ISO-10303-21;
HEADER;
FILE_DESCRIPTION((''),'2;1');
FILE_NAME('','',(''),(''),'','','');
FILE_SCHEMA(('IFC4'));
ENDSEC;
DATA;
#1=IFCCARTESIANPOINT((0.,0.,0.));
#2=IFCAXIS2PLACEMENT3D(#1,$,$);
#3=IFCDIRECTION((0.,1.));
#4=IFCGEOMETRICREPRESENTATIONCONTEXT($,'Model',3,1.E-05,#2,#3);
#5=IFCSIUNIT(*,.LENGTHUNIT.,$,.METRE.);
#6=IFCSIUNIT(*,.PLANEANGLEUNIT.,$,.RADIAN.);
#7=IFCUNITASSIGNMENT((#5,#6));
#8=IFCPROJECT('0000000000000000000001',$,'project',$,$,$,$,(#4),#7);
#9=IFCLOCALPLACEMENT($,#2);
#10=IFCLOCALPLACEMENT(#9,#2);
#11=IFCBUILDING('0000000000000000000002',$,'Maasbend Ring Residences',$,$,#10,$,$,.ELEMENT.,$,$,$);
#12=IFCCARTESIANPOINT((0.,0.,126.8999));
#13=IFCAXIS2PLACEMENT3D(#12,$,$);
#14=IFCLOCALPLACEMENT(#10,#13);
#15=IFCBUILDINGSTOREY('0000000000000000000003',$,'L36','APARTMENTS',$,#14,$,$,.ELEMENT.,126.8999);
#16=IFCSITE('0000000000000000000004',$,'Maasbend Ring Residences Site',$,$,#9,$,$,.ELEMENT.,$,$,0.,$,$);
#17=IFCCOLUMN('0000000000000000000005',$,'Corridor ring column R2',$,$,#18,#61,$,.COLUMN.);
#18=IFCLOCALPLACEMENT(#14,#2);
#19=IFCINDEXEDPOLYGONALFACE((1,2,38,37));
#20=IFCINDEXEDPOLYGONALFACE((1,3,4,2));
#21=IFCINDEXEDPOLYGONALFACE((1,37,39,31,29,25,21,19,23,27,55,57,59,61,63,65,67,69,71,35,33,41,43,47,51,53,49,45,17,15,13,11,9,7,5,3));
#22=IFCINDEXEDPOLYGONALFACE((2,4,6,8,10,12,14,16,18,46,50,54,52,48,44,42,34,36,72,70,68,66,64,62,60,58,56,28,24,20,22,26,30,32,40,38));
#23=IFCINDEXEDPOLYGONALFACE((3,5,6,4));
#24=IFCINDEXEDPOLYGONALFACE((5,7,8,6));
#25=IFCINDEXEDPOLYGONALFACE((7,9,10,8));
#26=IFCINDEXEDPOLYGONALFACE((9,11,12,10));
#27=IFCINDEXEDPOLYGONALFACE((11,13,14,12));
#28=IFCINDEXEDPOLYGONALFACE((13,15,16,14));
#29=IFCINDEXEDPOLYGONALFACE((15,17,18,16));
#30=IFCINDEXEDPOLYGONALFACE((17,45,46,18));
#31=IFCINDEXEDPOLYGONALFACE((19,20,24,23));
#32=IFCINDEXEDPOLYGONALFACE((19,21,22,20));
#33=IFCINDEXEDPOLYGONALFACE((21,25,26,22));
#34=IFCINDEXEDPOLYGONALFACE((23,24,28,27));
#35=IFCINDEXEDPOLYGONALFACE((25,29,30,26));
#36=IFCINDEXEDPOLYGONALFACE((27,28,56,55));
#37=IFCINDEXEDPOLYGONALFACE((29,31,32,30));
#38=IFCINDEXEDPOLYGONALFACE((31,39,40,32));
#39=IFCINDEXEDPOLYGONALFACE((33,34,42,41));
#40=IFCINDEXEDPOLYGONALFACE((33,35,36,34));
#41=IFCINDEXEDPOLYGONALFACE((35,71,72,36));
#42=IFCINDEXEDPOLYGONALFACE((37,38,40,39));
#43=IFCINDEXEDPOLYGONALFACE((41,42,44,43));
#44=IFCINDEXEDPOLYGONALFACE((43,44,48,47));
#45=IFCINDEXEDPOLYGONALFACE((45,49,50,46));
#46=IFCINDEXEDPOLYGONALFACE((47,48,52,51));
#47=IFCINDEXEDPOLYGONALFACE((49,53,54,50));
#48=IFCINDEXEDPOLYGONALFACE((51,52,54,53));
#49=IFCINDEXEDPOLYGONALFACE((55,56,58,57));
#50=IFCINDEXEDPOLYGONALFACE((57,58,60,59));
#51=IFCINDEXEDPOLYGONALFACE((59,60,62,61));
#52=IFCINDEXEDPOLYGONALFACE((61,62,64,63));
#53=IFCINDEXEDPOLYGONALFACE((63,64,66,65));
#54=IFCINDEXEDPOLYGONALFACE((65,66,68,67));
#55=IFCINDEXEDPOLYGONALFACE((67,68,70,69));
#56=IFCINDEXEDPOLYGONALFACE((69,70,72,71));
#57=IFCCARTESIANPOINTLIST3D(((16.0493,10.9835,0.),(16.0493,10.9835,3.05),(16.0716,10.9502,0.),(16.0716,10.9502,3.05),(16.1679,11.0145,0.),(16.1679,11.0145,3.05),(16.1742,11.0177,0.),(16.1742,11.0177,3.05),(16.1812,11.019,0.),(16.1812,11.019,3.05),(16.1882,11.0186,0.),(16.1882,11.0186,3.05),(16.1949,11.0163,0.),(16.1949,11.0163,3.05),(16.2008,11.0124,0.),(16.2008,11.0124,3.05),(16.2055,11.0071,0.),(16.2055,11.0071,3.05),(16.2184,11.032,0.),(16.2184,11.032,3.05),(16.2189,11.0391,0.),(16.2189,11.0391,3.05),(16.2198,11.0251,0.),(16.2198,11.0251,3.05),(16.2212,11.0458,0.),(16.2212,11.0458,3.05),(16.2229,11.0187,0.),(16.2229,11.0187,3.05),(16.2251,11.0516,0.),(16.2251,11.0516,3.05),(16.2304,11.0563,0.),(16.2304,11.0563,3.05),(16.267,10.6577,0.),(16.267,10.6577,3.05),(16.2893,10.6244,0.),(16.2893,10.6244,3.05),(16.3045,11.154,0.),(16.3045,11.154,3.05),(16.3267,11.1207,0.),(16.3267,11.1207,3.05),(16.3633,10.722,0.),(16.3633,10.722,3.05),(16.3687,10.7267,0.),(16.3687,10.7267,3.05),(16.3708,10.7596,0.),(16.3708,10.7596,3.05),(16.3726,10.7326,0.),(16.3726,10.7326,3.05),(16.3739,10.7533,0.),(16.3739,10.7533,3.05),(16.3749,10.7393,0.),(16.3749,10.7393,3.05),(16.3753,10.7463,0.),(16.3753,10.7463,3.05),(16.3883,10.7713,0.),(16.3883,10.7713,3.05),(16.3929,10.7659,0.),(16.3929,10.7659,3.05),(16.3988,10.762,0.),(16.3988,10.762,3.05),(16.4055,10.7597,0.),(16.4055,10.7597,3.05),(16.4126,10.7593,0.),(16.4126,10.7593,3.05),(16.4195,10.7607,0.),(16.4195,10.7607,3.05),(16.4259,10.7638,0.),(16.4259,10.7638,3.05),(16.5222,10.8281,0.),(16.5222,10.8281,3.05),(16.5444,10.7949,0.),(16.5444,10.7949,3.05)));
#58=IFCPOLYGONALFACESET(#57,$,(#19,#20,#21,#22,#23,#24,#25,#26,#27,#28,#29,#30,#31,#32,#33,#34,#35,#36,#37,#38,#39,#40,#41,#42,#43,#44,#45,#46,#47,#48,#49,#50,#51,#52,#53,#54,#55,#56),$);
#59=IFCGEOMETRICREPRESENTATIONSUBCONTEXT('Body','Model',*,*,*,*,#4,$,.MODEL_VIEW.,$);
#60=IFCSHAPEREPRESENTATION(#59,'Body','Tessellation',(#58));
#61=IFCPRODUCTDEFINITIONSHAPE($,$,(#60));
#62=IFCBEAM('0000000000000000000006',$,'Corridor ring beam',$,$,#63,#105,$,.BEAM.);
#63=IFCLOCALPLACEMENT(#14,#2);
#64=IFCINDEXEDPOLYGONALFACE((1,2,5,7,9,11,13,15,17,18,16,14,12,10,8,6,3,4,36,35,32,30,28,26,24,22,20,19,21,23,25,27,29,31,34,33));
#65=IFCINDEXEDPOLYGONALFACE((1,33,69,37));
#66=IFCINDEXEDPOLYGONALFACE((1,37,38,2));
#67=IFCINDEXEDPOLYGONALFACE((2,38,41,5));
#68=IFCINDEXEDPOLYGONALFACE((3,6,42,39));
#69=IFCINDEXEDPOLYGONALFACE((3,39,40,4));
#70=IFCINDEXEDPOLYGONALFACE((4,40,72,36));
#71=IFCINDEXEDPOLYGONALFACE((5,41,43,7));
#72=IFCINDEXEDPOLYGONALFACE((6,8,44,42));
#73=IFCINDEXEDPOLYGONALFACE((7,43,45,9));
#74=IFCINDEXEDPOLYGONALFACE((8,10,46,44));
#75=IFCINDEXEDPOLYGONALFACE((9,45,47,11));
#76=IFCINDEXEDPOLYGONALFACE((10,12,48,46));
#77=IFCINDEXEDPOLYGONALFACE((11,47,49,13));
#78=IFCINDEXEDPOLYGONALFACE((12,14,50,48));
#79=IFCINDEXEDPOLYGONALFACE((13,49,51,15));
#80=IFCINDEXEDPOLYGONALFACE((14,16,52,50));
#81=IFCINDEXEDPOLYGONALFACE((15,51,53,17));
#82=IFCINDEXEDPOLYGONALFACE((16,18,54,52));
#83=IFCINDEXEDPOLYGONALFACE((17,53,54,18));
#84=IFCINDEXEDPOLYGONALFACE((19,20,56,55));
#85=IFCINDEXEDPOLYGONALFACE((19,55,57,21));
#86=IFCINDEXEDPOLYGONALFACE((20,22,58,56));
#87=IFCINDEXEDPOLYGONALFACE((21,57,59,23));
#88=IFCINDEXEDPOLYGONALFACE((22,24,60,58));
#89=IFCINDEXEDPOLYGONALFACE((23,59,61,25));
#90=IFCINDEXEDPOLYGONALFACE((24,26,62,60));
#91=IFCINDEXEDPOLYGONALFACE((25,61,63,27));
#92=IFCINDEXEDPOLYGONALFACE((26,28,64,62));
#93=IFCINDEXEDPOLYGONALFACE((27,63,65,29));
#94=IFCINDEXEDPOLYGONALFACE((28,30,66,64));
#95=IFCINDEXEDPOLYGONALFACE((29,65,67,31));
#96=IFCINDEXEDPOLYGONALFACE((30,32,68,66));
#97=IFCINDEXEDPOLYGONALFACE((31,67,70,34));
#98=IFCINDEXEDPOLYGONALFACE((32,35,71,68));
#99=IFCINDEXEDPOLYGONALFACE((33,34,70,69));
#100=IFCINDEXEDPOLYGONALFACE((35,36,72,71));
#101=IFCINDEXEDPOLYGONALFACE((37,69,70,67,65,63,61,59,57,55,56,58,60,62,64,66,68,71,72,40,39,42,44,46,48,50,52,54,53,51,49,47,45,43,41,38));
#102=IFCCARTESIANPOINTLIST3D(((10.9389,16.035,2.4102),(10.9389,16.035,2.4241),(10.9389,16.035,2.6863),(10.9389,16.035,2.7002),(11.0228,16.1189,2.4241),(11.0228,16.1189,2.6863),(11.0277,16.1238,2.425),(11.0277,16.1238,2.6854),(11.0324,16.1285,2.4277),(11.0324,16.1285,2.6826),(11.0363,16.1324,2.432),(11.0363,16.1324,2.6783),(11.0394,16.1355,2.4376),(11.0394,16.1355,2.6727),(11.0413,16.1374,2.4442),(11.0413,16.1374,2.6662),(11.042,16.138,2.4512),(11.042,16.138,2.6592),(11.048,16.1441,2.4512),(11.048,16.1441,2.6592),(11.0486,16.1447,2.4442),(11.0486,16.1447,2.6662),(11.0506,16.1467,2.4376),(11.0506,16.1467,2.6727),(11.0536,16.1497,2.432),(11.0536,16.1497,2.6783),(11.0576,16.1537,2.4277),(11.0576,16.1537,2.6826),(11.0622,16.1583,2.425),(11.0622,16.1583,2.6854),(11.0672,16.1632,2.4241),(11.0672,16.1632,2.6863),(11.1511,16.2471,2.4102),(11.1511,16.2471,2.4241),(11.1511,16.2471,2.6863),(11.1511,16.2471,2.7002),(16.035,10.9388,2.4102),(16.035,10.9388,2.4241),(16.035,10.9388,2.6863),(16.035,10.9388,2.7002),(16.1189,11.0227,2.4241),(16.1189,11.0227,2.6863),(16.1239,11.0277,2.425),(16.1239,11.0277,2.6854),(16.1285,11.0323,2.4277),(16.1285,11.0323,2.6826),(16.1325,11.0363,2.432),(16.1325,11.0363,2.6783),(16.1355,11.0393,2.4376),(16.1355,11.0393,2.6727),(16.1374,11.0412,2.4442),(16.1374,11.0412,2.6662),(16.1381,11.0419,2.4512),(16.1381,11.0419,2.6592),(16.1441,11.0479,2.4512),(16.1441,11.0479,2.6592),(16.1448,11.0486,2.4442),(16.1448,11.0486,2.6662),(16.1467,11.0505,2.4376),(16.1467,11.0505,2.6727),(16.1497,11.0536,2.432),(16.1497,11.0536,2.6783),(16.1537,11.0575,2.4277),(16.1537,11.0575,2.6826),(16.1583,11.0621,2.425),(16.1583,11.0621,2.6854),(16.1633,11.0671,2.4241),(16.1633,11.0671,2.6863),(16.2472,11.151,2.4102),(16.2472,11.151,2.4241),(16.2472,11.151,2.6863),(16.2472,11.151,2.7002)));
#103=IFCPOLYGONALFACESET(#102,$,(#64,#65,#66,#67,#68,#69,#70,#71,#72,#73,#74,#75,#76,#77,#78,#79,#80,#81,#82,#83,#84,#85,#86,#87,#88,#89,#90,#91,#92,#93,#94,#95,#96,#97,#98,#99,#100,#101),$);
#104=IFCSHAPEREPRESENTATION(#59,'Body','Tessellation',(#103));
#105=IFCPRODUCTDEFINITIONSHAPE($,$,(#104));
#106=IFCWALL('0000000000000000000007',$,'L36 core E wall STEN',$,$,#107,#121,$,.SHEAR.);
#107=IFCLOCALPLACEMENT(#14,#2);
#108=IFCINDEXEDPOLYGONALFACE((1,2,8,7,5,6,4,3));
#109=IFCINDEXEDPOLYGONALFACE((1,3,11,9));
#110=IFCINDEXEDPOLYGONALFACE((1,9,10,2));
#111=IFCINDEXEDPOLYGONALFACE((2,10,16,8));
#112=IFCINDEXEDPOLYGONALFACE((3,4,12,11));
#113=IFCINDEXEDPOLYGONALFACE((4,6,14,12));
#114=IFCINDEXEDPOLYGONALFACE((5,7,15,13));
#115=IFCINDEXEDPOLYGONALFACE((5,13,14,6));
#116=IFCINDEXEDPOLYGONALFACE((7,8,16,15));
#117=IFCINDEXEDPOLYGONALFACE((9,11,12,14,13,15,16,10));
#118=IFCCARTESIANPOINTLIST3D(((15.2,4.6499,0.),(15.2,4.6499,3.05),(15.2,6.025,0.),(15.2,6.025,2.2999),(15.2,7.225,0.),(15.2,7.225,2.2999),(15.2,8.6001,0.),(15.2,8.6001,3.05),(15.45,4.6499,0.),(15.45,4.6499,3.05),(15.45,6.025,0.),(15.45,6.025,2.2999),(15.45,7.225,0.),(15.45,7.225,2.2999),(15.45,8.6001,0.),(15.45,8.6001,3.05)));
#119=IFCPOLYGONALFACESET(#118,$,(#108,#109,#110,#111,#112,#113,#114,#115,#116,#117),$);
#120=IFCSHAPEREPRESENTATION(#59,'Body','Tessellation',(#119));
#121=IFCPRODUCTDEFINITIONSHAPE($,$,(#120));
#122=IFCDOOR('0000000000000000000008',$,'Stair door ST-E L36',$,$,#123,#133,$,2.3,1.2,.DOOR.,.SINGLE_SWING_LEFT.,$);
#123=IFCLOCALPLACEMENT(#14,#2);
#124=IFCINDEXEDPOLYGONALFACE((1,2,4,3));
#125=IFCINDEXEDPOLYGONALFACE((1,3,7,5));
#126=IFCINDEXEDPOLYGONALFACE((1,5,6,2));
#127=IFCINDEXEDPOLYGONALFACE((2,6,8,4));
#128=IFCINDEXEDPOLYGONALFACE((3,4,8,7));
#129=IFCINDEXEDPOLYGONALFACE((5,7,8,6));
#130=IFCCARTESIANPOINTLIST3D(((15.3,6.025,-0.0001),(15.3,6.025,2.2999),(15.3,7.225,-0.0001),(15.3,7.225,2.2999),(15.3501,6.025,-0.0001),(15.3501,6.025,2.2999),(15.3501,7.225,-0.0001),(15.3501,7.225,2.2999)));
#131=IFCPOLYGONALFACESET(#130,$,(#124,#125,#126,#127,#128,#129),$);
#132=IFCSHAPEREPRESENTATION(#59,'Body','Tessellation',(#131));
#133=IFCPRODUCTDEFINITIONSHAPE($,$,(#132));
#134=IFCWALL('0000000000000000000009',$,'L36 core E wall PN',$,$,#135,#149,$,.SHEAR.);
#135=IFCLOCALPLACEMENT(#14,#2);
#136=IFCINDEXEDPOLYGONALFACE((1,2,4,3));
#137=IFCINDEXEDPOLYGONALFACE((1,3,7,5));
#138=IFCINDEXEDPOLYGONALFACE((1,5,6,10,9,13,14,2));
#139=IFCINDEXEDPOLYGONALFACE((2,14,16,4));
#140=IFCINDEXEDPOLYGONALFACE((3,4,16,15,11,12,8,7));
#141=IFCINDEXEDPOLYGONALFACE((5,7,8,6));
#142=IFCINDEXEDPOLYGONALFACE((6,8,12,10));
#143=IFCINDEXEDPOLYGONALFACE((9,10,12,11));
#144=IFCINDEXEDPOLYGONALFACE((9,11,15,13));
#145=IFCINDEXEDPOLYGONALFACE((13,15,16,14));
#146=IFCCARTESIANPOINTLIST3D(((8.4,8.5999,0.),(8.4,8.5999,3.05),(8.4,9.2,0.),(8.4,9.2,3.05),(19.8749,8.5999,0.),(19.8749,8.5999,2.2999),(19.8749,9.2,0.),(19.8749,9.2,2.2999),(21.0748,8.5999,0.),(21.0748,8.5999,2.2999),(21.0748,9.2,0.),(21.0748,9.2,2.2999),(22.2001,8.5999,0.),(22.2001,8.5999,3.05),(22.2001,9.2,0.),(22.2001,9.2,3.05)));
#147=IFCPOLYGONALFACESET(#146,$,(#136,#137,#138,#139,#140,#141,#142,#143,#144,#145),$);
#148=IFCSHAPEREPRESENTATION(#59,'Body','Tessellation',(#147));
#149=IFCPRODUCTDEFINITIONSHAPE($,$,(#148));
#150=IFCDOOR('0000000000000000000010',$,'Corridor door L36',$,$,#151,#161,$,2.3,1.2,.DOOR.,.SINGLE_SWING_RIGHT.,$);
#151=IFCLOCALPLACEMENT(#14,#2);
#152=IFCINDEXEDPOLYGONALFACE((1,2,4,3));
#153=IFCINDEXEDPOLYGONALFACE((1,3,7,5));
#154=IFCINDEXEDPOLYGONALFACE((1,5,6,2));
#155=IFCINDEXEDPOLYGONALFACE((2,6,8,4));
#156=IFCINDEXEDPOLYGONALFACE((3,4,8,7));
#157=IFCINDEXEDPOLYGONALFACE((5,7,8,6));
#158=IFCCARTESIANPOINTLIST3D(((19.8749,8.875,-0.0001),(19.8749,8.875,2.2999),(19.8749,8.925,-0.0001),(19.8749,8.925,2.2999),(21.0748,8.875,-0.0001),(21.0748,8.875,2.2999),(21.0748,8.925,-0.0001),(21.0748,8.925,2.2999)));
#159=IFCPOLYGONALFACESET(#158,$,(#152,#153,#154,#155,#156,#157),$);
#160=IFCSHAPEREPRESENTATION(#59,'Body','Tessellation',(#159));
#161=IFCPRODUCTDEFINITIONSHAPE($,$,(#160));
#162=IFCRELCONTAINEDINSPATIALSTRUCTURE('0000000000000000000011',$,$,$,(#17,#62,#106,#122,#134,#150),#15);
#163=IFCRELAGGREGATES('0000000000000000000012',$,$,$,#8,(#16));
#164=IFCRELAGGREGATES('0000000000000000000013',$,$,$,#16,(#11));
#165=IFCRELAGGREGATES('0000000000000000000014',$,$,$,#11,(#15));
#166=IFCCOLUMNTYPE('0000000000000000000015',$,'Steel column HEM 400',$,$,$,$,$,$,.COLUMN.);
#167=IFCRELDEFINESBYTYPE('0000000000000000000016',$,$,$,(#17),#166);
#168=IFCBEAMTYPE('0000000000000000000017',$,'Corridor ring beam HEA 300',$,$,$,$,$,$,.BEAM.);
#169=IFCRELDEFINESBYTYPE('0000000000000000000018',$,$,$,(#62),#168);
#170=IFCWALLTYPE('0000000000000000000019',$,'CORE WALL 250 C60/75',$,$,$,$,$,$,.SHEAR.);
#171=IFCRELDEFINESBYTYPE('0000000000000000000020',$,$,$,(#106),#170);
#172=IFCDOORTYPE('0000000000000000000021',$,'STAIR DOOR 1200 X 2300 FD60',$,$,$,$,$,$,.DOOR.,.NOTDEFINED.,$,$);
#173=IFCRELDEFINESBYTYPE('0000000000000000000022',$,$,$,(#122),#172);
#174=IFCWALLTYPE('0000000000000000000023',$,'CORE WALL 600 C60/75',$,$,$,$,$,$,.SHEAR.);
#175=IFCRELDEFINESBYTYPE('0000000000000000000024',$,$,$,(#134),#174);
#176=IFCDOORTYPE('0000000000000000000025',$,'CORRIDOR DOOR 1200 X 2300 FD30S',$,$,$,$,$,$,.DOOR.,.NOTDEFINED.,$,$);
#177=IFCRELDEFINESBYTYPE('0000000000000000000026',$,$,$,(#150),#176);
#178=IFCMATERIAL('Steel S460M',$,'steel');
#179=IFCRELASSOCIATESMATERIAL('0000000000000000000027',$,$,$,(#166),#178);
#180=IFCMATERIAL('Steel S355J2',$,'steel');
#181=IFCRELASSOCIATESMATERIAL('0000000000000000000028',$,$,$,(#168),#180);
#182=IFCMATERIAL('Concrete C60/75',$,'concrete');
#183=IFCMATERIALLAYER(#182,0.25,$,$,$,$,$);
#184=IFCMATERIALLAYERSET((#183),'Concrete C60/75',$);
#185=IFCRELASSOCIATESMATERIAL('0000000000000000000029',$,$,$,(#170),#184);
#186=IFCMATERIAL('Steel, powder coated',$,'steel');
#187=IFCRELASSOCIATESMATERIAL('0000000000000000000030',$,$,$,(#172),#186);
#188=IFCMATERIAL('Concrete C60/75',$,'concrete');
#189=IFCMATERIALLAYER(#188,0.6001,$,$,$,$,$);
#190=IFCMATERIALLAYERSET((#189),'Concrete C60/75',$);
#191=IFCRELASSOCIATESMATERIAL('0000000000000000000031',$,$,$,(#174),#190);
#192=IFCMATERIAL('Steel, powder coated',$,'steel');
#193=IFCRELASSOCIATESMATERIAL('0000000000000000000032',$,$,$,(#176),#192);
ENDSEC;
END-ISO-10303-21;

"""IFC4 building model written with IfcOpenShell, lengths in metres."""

from ifc_helpers import new_model, si_unit, direction, frame, frame_2d, origin, origin_2d, place, context, subcontext, project, spatial, rectangle, i_section, extrude, material, layer, layer_set, material_profile, profile_set, type_object, element, fill, save


model = new_model("IFC4")

# Units and contexts
model_context = context("Model", 3, precision=1e-05, world=origin(), true_north=direction((0.0, 1.0)))
body_context = subcontext(model_context, "Body", "Model", "MODEL_VIEW")
ifc_project = project(units=[si_unit("LENGTHUNIT", "METRE"), si_unit("PLANEANGLEUNIT", "RADIAN")], contexts=[model_context])

# Site, building, storey
site_placement = place(None, origin())
site = spatial("IfcSite", under=ifc_project, at=site_placement, Name="Maasbend Ring Residences Site", CompositionType="ELEMENT", RefElevation=0.0)
building_placement = place(site_placement, origin())
building = spatial("IfcBuilding", under=site, at=building_placement, Name="Maasbend Ring Residences", CompositionType="ELEMENT")
storey_placement = place(building_placement, frame((0.0, 0.0, 126.8999)))
storey = spatial("IfcBuildingStorey", under=building, at=storey_placement, Name="L36", Description="APARTMENTS", CompositionType="ELEMENT", Elevation=126.8999)

# Column
ifc_material_1 = material(Name="Steel S460M", Category="steel")
ifc_material_profile_1 = material_profile(ifc_material_1, i_section(OverallWidth=0.3069, OverallDepth=0.4319, WebThickness=0.021, FlangeThickness=0.04, FilletRadius=0.0271, at=origin_2d()), Name="HEM 400")
ifc_profile_set_1 = profile_set([ifc_material_profile_1], Name="Steel S460M")
column_type = type_object("IfcColumnType", Name="Steel column HEM 400", PredefinedType="COLUMN", material=ifc_profile_set_1)
column_placement = place(storey_placement, frame((16.2969, 10.8892, 0.0), z_axis=(0.0, 0.0, 1.0), x_axis=(0.83147, 0.55557, 0.0)))
element("IfcColumn", 1, at=column_placement, inside=storey, type_object=column_type, Name="Corridor ring column R2", PredefinedType="COLUMN", context=body_context, shape_type="SweptSolid", body=[
    extrude(i_section(OverallWidth=0.3069, OverallDepth=0.4319, WebThickness=0.021, FlangeThickness=0.04, FilletRadius=0.0271, at=origin_2d()), origin(), (0.0, 0.0, 1.0), 3.05),
])

# Beam
ifc_material_2 = material(Name="Steel S355J2", Category="steel")
ifc_material_profile_2 = material_profile(ifc_material_2, i_section(OverallWidth=0.3, OverallDepth=0.29, WebThickness=0.0085, FlangeThickness=0.0139, FilletRadius=0.0271, at=origin_2d()), Name="HEA 300")
ifc_profile_set_2 = profile_set([ifc_material_profile_2], Name="Steel S355J2")
beam_type = type_object("IfcBeamType", Name="Corridor ring beam HEA 300", PredefinedType="BEAM", material=ifc_profile_set_2)
beam_placement = place(storey_placement, frame((16.1411, 11.0449, 2.5552), z_axis=(-0.707107, 0.707107, 0.0), x_axis=(-0.707107, -0.707107, 0.0)))
element("IfcBeam", 2, at=beam_placement, inside=storey, type_object=beam_type, Name="Corridor ring beam", PredefinedType="BEAM", context=body_context, shape_type="SweptSolid", body=[
    extrude(i_section(OverallWidth=0.3, OverallDepth=0.29, WebThickness=0.0085, FlangeThickness=0.0139, FilletRadius=0.0271, at=origin_2d()), origin(), (0.0, 0.0, 1.0), 7.207),
])

# Walls, openings, doors
ifc_material_3 = material(Name="Concrete C60/75", Category="concrete")
ifc_layer_1 = layer(ifc_material_3, 0.25)
ifc_layer_set_1 = layer_set([ifc_layer_1], Name="Concrete C60/75")
wall_type_1 = type_object("IfcWallType", Name="CORE WALL 250 C60/75", PredefinedType="SHEAR", material=ifc_layer_set_1)
wall_1_placement = place(storey_placement, frame((15.325, 4.6499, 0.0), z_axis=(0.0, 0.0, 1.0), x_axis=(0.0, 1.0, 0.0)))
wall_1 = element("IfcWall", 3, at=wall_1_placement, inside=storey, type_object=wall_type_1, Name="L36 core E wall STEN", PredefinedType="SHEAR", context=body_context, shape_type="SweptSolid", body=[
    extrude(rectangle(XDim=3.9502, YDim=0.25, at=frame_2d((1.9751, 0.0))), origin(), (0.0, 0.0, 1.0), 3.05),
])
opening_1_placement = place(wall_1_placement, frame((1.375, 0.0, 0.0)))
opening_1 = element("IfcOpeningElement", 4, at=opening_1_placement, cuts=wall_1, PredefinedType="OPENING", context=body_context, shape_type="SweptSolid", body=[
    extrude(rectangle(XDim=1.2, YDim=2.3, at=frame_2d((0.6001, 1.1499))), frame((0.0, 0.135, 0.0), z_axis=(0.0, -1.0, 0.0), x_axis=(1.0, 0.0, 0.0)), (0.0, 0.0, 1.0), 0.27),
])
ifc_material_4 = material(Name="Steel, powder coated", Category="steel")
door_type_1 = type_object("IfcDoorType", Name="STAIR DOOR 1200 X 2300 FD60", OperationType="NOTDEFINED", PredefinedType="DOOR", material=ifc_material_4)
door_1_placement = place(opening_1_placement, origin())
door_1 = element("IfcDoor", 5, at=door_1_placement, inside=storey, type_object=door_type_1, Name="Stair door ST-E L36", OperationType="SINGLE_SWING_LEFT", OverallHeight=2.3, OverallWidth=1.2, PredefinedType="DOOR", context=body_context, shape_type="SweptSolid", body=[
    extrude(rectangle(XDim=1.2, YDim=2.3, at=frame_2d((0.6001, 1.1499))), frame((0.0, 0.0249, 0.0), z_axis=(0.0, -1.0, 0.0), x_axis=(1.0, 0.0, 0.0)), (0.0, 0.0, 1.0), 0.05),
])
fill(opening_1, door_1)
ifc_material_5 = material(Name="Concrete C60/75", Category="concrete")
ifc_layer_2 = layer(ifc_material_5, 0.6001)
ifc_layer_set_2 = layer_set([ifc_layer_2], Name="Concrete C60/75")
wall_type_2 = type_object("IfcWallType", Name="CORE WALL 600 C60/75", PredefinedType="SHEAR", material=ifc_layer_set_2)
wall_2_placement = place(storey_placement, frame((22.2, 8.8999, 0.0), z_axis=(0.0, 0.0, 1.0), x_axis=(-1.0, 0.0, 0.0)))
wall_2 = element("IfcWall", 6, at=wall_2_placement, inside=storey, type_object=wall_type_2, Name="L36 core E wall PN", PredefinedType="SHEAR", context=body_context, shape_type="SweptSolid", body=[
    extrude(rectangle(XDim=13.8, YDim=0.6001, at=frame_2d((6.8999, 0.0))), origin(), (0.0, 0.0, 1.0), 3.05),
])
opening_2_placement = place(wall_2_placement, frame((1.125, 0.0, 0.0)))
opening_2 = element("IfcOpeningElement", 7, at=opening_2_placement, cuts=wall_2, PredefinedType="OPENING", context=body_context, shape_type="SweptSolid", body=[
    extrude(rectangle(XDim=1.2, YDim=2.3, at=frame_2d((0.6001, 1.1499))), frame((0.0, 0.3101, 0.0), z_axis=(0.0, -1.0, 0.0), x_axis=(1.0, 0.0, 0.0)), (0.0, 0.0, 1.0), 0.6201),
])
ifc_material_6 = material(Name="Steel, powder coated", Category="steel")
door_type_2 = type_object("IfcDoorType", Name="CORRIDOR DOOR 1200 X 2300 FD30S", OperationType="NOTDEFINED", PredefinedType="DOOR", material=ifc_material_6)
door_2_placement = place(opening_2_placement, origin())
door_2 = element("IfcDoor", 8, at=door_2_placement, inside=storey, type_object=door_type_2, Name="Corridor door L36", OperationType="SINGLE_SWING_RIGHT", OverallHeight=2.3, OverallWidth=1.2, PredefinedType="DOOR", context=body_context, shape_type="SweptSolid", body=[
    extrude(rectangle(XDim=1.2, YDim=2.3, at=frame_2d((0.6001, 1.1499))), frame((0.0, 0.0249, 0.0), z_axis=(0.0, -1.0, 0.0), x_axis=(1.0, 0.0, 0.0)), (0.0, 0.0, 1.0), 0.05),
])
fill(opening_2, door_2)

save(model, "model.ifc")
